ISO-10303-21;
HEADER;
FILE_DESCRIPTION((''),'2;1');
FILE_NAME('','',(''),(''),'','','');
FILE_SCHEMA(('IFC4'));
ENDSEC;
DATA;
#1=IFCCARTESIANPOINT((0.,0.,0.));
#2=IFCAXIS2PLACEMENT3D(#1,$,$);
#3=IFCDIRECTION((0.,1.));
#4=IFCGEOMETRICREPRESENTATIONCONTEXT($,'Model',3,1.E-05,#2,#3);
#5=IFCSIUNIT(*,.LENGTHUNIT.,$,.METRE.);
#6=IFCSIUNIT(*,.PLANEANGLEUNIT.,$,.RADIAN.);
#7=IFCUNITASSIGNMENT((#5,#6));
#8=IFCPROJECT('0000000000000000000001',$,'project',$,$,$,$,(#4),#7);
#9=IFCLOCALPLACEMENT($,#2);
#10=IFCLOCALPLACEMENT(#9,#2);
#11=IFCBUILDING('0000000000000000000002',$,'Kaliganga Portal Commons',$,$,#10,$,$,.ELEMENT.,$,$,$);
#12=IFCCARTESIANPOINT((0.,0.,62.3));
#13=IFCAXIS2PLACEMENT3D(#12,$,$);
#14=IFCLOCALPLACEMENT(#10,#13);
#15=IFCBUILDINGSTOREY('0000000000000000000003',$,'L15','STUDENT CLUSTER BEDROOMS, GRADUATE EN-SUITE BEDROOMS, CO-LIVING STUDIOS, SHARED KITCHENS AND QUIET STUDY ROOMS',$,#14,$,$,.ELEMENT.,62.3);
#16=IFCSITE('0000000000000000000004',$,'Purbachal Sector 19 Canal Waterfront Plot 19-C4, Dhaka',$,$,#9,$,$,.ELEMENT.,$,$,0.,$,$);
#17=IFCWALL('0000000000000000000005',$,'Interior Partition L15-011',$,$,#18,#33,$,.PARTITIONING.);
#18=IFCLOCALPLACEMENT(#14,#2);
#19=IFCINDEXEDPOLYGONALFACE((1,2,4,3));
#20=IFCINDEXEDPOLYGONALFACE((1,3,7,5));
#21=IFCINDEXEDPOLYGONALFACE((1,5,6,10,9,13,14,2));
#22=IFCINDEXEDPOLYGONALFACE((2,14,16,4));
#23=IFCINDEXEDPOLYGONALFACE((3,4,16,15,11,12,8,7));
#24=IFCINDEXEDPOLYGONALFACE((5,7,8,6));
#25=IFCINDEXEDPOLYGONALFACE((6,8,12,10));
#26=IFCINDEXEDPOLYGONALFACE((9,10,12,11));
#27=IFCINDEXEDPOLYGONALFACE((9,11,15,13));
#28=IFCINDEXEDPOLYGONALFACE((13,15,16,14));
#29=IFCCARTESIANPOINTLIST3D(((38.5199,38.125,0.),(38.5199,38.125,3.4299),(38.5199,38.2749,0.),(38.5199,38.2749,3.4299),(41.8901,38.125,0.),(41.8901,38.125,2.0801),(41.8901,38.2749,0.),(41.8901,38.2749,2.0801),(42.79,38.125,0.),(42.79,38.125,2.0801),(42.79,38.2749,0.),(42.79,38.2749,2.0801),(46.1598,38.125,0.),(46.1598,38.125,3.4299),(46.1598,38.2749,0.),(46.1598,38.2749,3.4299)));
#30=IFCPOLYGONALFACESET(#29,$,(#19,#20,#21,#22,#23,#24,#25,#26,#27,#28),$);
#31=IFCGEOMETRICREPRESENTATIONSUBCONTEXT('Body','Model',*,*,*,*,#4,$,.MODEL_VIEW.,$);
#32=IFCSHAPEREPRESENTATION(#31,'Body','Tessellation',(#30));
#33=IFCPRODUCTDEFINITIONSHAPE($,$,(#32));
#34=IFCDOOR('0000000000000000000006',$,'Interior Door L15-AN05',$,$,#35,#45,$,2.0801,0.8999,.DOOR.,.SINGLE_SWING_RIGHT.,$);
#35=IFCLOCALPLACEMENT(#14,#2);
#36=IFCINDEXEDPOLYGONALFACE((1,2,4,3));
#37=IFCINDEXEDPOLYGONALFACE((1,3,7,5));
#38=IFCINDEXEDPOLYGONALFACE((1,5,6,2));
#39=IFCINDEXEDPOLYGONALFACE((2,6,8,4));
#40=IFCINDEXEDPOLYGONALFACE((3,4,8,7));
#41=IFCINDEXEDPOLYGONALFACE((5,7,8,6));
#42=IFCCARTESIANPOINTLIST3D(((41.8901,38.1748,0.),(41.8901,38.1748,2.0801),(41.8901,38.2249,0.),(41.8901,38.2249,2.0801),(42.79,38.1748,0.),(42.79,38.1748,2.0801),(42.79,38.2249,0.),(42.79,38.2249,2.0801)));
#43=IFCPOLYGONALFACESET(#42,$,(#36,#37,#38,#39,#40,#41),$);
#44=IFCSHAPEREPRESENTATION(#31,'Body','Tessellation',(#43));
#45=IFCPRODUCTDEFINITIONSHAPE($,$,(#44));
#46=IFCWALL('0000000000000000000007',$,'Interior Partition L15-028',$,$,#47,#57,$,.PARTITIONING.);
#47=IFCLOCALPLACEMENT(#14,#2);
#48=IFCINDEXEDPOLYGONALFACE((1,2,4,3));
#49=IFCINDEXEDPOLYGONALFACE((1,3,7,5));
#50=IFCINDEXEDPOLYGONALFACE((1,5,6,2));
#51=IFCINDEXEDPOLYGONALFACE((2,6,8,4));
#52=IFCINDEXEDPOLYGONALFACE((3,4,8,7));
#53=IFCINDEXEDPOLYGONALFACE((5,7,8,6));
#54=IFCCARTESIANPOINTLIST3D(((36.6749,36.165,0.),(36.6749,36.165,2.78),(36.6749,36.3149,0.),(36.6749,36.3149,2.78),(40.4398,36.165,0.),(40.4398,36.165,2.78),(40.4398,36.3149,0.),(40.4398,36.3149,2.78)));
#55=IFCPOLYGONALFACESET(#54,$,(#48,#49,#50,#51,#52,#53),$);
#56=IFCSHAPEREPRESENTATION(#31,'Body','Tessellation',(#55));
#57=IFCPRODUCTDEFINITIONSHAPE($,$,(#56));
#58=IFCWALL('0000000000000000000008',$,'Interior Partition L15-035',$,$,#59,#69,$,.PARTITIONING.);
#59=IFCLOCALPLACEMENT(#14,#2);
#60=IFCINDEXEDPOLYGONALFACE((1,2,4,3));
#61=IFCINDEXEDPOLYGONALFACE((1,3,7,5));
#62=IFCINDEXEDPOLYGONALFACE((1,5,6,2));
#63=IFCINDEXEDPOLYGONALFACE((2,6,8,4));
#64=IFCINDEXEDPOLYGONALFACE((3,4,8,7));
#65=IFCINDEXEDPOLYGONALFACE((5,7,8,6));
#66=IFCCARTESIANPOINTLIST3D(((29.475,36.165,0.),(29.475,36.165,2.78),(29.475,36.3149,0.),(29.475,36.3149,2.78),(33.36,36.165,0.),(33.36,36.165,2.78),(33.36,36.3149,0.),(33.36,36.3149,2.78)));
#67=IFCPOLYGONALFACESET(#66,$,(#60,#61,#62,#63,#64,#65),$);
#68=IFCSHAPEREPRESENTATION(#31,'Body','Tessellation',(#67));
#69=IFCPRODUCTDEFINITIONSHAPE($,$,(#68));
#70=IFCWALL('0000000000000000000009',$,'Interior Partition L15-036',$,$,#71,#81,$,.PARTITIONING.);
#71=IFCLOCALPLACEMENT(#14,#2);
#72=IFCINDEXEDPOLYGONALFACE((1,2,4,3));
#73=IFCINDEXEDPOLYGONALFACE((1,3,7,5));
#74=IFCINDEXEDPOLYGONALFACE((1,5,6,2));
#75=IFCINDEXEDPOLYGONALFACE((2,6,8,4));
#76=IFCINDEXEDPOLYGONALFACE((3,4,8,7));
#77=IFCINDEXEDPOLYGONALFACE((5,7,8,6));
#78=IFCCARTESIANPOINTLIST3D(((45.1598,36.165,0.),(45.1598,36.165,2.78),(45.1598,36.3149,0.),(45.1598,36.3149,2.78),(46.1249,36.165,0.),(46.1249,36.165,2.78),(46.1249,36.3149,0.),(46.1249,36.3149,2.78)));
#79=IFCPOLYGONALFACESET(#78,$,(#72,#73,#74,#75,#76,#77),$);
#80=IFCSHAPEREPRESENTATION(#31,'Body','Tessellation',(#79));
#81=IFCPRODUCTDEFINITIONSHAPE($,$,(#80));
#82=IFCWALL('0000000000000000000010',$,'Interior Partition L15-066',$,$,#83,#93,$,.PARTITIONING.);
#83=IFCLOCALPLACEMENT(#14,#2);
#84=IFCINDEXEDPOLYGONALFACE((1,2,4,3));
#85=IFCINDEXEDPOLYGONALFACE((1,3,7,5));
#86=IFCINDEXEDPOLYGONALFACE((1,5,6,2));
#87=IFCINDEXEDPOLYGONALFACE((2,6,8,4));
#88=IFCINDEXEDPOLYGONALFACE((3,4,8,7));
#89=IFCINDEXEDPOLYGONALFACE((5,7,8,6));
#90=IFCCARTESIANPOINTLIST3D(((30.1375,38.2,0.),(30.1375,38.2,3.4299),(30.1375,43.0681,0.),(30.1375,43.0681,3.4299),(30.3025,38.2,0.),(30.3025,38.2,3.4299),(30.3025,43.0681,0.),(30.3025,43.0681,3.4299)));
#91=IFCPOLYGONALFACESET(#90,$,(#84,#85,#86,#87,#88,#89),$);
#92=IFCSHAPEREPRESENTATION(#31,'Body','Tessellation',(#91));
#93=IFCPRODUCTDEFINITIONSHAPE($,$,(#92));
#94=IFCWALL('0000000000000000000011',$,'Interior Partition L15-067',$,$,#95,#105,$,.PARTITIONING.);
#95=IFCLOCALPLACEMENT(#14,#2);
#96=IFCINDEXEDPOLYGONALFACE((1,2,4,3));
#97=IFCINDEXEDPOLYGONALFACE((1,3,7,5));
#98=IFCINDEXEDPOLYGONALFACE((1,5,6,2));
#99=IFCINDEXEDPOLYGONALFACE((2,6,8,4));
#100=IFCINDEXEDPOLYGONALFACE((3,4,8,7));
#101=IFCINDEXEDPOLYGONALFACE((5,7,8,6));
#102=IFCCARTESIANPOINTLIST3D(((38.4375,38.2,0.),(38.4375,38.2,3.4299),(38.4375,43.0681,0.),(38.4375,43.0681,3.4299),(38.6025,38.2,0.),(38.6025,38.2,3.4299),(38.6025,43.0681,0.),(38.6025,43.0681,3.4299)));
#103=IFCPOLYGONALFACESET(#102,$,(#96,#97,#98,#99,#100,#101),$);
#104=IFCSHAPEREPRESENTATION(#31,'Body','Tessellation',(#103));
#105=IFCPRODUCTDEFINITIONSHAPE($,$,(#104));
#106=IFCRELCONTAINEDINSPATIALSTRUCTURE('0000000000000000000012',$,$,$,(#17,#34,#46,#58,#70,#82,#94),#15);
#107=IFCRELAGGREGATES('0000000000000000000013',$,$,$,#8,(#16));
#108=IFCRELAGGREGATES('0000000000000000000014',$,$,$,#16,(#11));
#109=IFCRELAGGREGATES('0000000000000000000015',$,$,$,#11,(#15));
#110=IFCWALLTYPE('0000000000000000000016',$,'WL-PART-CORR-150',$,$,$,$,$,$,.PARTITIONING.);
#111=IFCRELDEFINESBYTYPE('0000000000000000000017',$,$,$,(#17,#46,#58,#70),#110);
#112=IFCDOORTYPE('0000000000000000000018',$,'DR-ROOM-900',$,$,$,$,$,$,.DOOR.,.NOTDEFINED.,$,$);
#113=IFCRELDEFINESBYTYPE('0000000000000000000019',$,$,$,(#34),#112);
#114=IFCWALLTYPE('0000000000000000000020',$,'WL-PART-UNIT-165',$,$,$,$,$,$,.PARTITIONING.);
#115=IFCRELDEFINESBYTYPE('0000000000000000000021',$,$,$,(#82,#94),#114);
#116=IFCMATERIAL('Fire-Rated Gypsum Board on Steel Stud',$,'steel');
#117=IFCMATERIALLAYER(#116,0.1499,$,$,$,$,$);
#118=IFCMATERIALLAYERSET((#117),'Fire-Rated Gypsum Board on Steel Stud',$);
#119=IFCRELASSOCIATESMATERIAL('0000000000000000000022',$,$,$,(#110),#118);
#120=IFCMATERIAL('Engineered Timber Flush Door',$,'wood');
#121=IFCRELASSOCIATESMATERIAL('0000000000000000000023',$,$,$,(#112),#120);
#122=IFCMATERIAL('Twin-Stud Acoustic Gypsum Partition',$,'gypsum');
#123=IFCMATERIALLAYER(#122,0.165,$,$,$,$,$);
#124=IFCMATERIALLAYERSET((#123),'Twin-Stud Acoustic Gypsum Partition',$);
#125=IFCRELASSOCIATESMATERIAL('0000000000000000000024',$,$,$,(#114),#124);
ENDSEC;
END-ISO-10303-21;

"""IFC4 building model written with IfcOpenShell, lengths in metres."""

from ifc_helpers import new_model, si_unit, direction, frame, frame_2d, origin, place, context, subcontext, project, spatial, rectangle, extrude, material, layer, layer_set, type_object, element, fill, save


model = new_model("IFC4")

# Units and contexts
model_context = context("Model", 3, precision=1e-05, world=origin(), true_north=direction((0.0, 1.0)))
body_context = subcontext(model_context, "Body", "Model", "MODEL_VIEW")
ifc_project = project(units=[si_unit("LENGTHUNIT", "METRE"), si_unit("PLANEANGLEUNIT", "RADIAN")], contexts=[model_context])

# Site, building, storey
site_placement = place(None, origin())
site = spatial("IfcSite", under=ifc_project, at=site_placement, Name="Purbachal Sector 19 Canal Waterfront Plot 19-C4, Dhaka", CompositionType="ELEMENT", RefElevation=0.0)
building_placement = place(site_placement, origin())
building = spatial("IfcBuilding", under=site, at=building_placement, Name="Kaliganga Portal Commons", CompositionType="ELEMENT")
storey_placement = place(building_placement, frame((0.0, 0.0, 62.3)))
storey = spatial("IfcBuildingStorey", under=building, at=storey_placement, Name="L15", Description="STUDENT CLUSTER BEDROOMS, GRADUATE EN-SUITE BEDROOMS, CO-LIVING STUDIOS, SHARED KITCHENS AND QUIET STUDY ROOMS", CompositionType="ELEMENT", Elevation=62.3)

# Wall, opening, door
ifc_material_1 = material(Name="Fire-Rated Gypsum Board on Steel Stud", Category="steel")
ifc_layer_1 = layer(ifc_material_1, 0.1499)
ifc_layer_set_1 = layer_set([ifc_layer_1], Name="Fire-Rated Gypsum Board on Steel Stud")
wall_type_1 = type_object("IfcWallType", Name="WL-PART-CORR-150", PredefinedType="PARTITIONING", material=ifc_layer_set_1)
wall_1_placement = place(storey_placement, frame((38.52, 38.2, 0.0), z_axis=(0.0, 0.0, 1.0), x_axis=(1.0, 0.0, 0.0)))
wall_1 = element("IfcWall", 1, at=wall_1_placement, inside=storey, type_object=wall_type_1, Name="Interior Partition L15-011", PredefinedType="PARTITIONING", context=body_context, shape_type="SweptSolid", body=[
    extrude(rectangle(XDim=7.6399, YDim=0.1499, at=frame_2d((3.8198, 0.0))), origin(), (0.0, 0.0, 1.0), 3.4299),
])
opening_1_placement = place(wall_1_placement, frame((3.3701, 0.0, 0.0)))
opening_1 = element("IfcOpeningElement", 2, at=opening_1_placement, cuts=wall_1, PredefinedType="OPENING", context=body_context, shape_type="SweptSolid", body=[
    extrude(rectangle(XDim=0.8999, YDim=2.0801, at=frame_2d((0.45, 1.04))), frame((0.0, 0.085, 0.0), z_axis=(0.0, -1.0, 0.0), x_axis=(1.0, 0.0, 0.0)), (0.0, 0.0, 1.0), 0.1699),
])
ifc_material_2 = material(Name="Engineered Timber Flush Door", Category="wood")
door_type_1 = type_object("IfcDoorType", Name="DR-ROOM-900", OperationType="NOTDEFINED", PredefinedType="DOOR", material=ifc_material_2)
door_1_placement = place(opening_1_placement, origin())
door_1 = element("IfcDoor", 3, at=door_1_placement, inside=storey, type_object=door_type_1, Name="Interior Door L15-AN05", OperationType="SINGLE_SWING_RIGHT", OverallHeight=2.0801, OverallWidth=0.8999, PredefinedType="DOOR", context=body_context, shape_type="SweptSolid", body=[
    extrude(rectangle(XDim=0.8999, YDim=2.0801, at=frame_2d((0.45, 1.04))), frame((0.0, 0.0249, 0.0), z_axis=(0.0, -1.0, 0.0), x_axis=(1.0, 0.0, 0.0)), (0.0, 0.0, 1.0), 0.05),
])
fill(opening_1, door_1)

# Wall
wall_2_placement = place(storey_placement, frame((36.675, 36.24, 0.0), z_axis=(0.0, 0.0, 1.0), x_axis=(1.0, 0.0, 0.0)))
element("IfcWall", 4, at=wall_2_placement, inside=storey, type_object=wall_type_1, Name="Interior Partition L15-028", PredefinedType="PARTITIONING", context=body_context, shape_type="SweptSolid", body=[
    extrude(rectangle(XDim=3.7649, YDim=0.1499, at=frame_2d((1.8823, 0.0))), origin(), (0.0, 0.0, 1.0), 2.78),
])

# Walls
wall_3_placement = place(storey_placement, frame((29.4751, 36.24, 0.0), z_axis=(0.0, 0.0, 1.0), x_axis=(1.0, 0.0, 0.0)))
element("IfcWall", 5, at=wall_3_placement, inside=storey, type_object=wall_type_1, Name="Interior Partition L15-035", PredefinedType="PARTITIONING", context=body_context, shape_type="SweptSolid", body=[
    extrude(rectangle(XDim=3.885, YDim=0.1499, at=frame_2d((1.9424, 0.0))), origin(), (0.0, 0.0, 1.0), 2.78),
])
wall_4_placement = place(storey_placement, frame((45.1599, 36.24, 0.0), z_axis=(0.0, 0.0, 1.0), x_axis=(1.0, 0.0, 0.0)))
element("IfcWall", 6, at=wall_4_placement, inside=storey, type_object=wall_type_1, Name="Interior Partition L15-036", PredefinedType="PARTITIONING", context=body_context, shape_type="SweptSolid", body=[
    extrude(rectangle(XDim=0.9651, YDim=0.1499, at=frame_2d((0.4824, 0.0))), origin(), (0.0, 0.0, 1.0), 2.78),
])

# Walls
ifc_material_3 = material(Name="Twin-Stud Acoustic Gypsum Partition", Category="gypsum")
ifc_layer_2 = layer(ifc_material_3, 0.165)
ifc_layer_set_2 = layer_set([ifc_layer_2], Name="Twin-Stud Acoustic Gypsum Partition")
wall_type_2 = type_object("IfcWallType", Name="WL-PART-UNIT-165", PredefinedType="PARTITIONING", material=ifc_layer_set_2)
for number, where, z_axis, x_axis, name in (
    (7, (30.22, 38.2, 0.0), (0.0, 0.0, 1.0), (0.0, 1.0, 0.0), "Interior Partition L15-066"),
    (8, (38.52, 38.2, 0.0), (0.0, 0.0, 1.0), (0.0, 1.0, 0.0), "Interior Partition L15-067"),
):
    element("IfcWall", number, at=place(storey_placement, frame(where, z_axis=z_axis, x_axis=x_axis)), inside=storey, type_object=wall_type_2, Name=name, PredefinedType="PARTITIONING", context=body_context, shape_type="SweptSolid", body=[
        extrude(rectangle(XDim=4.8682, YDim=0.165, at=frame_2d((2.4341, 0.0))), origin(), (0.0, 0.0, 1.0), 3.4299),
    ])

save(model, "model.ifc")
